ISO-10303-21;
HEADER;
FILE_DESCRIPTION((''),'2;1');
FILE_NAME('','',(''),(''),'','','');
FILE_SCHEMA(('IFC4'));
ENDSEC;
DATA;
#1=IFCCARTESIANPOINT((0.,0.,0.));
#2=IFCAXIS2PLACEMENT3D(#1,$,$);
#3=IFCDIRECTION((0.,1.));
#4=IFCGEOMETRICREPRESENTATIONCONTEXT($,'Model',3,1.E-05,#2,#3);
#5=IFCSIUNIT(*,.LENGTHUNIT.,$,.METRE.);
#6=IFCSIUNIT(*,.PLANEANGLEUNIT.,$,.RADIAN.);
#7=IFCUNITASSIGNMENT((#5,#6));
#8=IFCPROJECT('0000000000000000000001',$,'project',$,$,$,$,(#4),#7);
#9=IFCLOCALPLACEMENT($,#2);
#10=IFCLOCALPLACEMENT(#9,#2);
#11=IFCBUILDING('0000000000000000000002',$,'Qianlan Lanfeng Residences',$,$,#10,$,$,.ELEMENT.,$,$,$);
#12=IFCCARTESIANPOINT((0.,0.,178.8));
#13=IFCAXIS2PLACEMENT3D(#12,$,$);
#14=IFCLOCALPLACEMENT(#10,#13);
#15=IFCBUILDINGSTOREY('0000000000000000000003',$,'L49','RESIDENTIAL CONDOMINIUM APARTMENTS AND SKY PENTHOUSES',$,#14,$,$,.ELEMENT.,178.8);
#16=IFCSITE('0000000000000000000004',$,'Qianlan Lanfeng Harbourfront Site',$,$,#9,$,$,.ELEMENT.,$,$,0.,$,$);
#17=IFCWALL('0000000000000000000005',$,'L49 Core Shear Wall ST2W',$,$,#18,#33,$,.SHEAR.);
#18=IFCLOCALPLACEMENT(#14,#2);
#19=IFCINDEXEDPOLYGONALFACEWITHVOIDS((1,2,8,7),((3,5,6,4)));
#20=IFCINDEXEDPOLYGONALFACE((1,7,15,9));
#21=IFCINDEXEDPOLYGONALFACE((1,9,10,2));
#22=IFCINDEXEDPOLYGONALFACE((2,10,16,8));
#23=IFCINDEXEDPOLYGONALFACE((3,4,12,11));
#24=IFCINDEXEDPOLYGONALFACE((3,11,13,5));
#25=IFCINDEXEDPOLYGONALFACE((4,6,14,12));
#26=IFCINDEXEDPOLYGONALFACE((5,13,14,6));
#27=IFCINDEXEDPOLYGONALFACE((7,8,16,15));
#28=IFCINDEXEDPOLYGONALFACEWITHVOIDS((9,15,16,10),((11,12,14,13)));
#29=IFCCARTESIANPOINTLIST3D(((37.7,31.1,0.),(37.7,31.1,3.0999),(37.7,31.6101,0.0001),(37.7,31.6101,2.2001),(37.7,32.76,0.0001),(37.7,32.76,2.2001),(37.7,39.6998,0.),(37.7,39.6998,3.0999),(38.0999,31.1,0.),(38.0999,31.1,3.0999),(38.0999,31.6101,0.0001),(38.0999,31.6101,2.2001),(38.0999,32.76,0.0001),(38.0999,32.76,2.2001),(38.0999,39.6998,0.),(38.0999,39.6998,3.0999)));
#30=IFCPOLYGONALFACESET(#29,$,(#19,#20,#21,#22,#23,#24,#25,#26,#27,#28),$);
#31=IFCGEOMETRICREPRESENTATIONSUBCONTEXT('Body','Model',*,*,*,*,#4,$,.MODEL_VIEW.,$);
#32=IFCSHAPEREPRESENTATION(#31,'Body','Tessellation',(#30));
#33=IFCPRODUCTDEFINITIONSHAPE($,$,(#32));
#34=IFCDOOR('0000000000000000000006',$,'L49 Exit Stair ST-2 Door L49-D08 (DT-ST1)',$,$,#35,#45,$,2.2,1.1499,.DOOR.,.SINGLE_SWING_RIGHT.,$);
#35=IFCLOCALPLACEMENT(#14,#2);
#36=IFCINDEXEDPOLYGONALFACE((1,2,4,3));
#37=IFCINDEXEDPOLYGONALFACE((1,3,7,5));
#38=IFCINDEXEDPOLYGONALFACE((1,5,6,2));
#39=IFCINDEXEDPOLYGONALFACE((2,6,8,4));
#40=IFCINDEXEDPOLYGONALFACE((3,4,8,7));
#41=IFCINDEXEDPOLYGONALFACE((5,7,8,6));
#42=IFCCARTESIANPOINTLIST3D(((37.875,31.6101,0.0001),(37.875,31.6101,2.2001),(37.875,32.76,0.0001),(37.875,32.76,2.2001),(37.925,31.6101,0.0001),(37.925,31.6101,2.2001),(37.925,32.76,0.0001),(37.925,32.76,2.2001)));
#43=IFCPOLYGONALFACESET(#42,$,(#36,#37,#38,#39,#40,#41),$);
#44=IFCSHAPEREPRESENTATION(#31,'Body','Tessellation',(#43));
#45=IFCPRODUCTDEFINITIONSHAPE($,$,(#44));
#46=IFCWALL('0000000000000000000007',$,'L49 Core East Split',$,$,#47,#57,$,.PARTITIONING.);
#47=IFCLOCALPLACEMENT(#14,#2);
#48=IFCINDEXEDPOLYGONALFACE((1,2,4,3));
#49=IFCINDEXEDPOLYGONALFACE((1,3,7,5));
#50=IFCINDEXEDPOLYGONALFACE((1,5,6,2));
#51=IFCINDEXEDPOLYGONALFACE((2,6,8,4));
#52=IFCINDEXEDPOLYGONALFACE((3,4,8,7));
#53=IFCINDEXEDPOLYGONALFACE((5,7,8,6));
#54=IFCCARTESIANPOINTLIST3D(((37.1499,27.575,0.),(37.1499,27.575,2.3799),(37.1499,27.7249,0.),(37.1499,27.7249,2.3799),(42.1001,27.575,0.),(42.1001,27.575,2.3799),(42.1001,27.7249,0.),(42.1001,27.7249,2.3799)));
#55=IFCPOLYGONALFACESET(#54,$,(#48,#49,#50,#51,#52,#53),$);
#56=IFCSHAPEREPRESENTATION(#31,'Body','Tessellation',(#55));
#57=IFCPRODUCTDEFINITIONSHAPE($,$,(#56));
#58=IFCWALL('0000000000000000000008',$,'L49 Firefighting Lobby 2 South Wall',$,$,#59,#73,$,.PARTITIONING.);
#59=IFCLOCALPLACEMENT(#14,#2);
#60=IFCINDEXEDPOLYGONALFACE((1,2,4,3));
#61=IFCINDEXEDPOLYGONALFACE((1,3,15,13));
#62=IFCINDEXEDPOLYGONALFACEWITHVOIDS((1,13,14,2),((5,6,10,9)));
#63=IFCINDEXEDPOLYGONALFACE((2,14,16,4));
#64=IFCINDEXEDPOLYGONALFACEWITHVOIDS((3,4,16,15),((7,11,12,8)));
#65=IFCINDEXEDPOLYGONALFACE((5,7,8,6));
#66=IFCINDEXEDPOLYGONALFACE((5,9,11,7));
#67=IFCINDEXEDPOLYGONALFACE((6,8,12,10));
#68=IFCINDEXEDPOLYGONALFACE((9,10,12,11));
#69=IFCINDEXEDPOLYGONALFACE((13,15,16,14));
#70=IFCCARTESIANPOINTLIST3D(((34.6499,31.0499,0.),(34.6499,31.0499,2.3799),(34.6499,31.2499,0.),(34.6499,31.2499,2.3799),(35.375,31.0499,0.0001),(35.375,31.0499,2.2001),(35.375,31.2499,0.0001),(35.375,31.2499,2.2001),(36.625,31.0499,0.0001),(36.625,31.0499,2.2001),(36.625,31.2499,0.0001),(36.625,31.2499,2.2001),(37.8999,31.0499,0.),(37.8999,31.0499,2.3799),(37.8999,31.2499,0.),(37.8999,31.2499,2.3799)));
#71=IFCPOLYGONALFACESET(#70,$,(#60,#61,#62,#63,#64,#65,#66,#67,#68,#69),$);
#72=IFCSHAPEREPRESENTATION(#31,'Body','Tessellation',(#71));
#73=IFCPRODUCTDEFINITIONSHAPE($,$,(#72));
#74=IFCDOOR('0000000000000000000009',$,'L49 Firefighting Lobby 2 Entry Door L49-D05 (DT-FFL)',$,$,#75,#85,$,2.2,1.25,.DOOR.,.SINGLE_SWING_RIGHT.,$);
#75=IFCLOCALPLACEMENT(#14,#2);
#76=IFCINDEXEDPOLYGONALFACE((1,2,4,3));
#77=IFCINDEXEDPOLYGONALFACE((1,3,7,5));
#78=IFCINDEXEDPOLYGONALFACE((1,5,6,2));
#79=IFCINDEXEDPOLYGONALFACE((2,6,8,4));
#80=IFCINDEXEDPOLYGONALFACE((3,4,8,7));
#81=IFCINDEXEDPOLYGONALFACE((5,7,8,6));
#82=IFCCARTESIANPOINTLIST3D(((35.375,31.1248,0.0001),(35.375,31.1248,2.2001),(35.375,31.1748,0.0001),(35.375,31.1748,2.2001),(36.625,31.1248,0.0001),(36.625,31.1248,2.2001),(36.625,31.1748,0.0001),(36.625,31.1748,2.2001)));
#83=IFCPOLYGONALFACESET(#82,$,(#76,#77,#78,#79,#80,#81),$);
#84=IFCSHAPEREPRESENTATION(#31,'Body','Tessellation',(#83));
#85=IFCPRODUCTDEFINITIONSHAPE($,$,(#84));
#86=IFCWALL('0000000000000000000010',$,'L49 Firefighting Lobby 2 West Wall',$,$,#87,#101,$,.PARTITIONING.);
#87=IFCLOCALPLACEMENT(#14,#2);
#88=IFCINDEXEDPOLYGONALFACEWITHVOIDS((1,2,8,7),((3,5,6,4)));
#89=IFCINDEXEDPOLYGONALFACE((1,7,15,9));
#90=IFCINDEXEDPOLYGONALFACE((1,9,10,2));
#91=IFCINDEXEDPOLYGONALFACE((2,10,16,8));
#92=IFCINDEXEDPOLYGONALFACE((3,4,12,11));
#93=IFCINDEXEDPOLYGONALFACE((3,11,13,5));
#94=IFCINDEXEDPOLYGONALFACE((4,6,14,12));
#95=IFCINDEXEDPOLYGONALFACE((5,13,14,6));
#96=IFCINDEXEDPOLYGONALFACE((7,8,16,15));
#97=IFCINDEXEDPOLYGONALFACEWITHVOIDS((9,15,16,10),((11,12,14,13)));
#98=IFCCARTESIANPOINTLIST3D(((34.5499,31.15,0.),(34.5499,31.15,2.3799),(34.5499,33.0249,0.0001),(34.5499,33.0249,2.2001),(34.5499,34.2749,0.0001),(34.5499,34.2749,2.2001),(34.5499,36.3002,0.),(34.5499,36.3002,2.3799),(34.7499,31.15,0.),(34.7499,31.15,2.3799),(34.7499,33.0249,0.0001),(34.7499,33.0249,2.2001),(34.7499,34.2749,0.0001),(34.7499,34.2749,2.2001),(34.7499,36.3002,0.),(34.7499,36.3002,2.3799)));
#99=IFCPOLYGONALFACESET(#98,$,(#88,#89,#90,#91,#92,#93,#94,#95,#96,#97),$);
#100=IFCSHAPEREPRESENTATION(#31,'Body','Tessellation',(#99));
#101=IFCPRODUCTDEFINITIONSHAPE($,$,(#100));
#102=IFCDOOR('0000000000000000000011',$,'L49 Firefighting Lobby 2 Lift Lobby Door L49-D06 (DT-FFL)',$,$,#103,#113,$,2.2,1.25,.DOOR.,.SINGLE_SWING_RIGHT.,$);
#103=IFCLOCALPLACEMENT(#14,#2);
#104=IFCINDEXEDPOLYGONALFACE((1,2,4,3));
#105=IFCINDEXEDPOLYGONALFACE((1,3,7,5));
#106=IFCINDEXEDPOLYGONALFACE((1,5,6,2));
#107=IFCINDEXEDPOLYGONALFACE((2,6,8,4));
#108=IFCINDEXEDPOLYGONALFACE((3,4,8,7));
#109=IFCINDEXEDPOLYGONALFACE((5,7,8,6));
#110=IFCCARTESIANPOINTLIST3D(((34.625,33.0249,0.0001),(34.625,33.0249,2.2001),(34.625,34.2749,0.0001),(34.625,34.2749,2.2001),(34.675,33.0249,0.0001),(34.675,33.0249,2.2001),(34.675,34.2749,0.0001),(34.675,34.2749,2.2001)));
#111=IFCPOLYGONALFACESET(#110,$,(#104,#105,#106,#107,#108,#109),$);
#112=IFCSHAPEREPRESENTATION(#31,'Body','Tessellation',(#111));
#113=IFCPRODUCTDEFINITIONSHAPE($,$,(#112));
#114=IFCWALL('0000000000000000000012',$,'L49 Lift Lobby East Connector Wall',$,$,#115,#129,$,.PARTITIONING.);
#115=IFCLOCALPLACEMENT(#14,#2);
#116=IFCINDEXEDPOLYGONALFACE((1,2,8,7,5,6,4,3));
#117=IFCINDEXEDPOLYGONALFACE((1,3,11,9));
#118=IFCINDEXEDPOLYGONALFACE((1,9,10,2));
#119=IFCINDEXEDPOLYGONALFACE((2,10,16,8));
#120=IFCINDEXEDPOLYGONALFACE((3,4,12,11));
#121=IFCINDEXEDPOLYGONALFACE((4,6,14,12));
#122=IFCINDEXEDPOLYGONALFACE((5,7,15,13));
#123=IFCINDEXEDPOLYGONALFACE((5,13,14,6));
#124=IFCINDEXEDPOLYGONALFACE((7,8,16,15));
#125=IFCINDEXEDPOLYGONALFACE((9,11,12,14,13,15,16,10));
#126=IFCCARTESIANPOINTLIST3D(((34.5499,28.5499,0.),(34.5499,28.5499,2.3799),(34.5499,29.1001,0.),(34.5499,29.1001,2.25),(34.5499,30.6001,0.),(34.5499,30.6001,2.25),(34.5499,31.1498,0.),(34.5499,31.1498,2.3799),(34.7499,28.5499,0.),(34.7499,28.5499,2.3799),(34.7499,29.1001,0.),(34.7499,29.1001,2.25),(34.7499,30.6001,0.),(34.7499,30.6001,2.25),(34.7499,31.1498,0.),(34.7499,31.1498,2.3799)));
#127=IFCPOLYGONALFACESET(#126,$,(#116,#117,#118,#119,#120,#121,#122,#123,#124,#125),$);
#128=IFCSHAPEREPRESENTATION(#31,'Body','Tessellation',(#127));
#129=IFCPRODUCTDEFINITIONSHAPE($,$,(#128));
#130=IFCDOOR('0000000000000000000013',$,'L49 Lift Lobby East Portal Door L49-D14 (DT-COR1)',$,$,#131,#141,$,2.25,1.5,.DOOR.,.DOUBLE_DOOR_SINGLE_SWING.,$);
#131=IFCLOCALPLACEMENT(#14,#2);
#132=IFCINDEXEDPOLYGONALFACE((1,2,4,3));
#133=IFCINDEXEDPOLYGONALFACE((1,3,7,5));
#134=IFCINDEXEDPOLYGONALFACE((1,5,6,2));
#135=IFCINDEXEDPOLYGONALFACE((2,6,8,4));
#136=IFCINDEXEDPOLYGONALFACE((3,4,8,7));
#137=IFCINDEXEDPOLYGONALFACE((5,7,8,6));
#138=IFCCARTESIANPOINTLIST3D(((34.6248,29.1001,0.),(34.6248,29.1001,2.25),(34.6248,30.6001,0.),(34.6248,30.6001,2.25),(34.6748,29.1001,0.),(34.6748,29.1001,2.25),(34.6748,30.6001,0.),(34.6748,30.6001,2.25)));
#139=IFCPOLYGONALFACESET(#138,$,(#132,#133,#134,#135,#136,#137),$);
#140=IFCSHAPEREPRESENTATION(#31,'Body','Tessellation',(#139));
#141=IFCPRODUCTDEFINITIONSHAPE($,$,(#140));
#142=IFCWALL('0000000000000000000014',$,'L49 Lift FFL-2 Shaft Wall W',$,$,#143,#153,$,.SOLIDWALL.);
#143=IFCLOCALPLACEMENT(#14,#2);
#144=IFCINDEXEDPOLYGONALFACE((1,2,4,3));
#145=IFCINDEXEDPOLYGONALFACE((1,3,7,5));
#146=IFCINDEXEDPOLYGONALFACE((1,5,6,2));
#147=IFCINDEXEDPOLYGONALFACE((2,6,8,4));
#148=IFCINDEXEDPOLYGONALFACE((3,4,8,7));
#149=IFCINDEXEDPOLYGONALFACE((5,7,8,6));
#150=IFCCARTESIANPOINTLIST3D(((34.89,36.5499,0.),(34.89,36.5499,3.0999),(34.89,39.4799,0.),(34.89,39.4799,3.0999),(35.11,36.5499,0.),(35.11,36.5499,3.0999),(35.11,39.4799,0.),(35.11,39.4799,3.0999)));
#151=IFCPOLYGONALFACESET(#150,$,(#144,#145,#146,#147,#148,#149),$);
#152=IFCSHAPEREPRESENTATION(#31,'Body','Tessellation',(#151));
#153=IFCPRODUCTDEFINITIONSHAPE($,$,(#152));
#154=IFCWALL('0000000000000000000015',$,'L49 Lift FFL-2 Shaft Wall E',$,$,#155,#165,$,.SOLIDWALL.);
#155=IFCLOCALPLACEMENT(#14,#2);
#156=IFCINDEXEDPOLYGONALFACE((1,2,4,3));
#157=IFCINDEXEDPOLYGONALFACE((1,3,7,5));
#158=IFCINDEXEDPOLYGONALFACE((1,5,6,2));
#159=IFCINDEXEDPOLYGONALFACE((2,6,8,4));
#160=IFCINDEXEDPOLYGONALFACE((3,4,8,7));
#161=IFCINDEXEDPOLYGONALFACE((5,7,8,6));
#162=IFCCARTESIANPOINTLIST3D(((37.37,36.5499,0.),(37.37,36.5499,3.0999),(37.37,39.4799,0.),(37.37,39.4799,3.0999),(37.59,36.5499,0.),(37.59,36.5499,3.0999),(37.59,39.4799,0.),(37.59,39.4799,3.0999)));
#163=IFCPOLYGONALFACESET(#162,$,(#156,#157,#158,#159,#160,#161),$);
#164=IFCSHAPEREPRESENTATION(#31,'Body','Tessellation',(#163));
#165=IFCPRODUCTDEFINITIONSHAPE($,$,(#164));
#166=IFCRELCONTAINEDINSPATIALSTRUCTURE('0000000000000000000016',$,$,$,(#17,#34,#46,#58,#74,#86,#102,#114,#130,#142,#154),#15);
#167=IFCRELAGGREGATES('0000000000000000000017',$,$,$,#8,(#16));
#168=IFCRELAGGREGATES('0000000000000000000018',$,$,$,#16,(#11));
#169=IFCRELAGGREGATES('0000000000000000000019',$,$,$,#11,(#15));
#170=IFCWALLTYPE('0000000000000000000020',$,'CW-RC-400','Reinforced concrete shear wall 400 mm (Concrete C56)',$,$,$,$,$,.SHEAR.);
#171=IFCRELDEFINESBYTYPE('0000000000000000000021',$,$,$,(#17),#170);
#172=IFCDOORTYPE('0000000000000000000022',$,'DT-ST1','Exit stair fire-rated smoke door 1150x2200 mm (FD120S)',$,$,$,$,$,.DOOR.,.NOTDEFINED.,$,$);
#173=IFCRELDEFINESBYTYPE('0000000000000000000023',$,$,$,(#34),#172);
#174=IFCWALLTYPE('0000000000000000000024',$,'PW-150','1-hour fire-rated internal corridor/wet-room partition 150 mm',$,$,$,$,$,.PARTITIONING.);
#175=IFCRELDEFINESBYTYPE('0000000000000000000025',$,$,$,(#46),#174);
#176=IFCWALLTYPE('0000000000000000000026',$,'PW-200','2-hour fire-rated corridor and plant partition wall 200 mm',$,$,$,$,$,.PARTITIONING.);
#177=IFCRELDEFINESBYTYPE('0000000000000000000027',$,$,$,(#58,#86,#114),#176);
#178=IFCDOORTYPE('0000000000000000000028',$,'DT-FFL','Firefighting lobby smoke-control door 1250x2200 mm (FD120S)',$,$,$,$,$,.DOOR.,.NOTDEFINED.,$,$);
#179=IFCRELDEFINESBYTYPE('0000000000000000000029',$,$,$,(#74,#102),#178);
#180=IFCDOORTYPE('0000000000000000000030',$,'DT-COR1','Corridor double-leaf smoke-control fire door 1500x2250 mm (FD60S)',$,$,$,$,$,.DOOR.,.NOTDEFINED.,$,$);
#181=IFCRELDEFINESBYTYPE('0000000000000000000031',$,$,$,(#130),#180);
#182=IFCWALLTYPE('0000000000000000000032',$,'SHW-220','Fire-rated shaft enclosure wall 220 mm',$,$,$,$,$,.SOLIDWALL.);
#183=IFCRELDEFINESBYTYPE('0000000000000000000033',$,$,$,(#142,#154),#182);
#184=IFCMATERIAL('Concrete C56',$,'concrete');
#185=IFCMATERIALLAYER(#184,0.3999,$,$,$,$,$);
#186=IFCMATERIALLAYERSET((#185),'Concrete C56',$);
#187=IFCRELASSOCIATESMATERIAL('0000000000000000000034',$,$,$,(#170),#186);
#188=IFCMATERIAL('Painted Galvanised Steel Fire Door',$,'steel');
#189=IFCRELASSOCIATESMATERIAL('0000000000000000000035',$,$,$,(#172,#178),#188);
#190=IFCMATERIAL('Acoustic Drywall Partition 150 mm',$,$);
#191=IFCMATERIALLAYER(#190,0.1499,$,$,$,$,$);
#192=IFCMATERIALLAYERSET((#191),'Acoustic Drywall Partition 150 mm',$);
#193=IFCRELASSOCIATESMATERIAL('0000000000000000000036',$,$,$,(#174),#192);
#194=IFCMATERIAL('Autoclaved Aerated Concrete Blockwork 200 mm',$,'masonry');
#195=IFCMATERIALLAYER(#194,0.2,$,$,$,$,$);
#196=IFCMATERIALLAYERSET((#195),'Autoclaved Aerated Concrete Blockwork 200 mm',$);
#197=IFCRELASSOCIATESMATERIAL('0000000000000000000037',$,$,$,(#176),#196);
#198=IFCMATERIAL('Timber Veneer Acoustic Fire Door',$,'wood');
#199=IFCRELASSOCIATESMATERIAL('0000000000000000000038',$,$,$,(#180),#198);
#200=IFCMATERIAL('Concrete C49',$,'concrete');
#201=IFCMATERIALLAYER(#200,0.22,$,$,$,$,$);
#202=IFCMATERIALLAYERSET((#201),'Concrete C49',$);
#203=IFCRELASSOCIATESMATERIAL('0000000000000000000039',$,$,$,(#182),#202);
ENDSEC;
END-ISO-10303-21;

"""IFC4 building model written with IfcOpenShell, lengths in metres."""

from ifc_helpers import new_model, si_unit, direction, frame, frame_2d, origin, place, context, subcontext, project, spatial, rectangle, extrude, material, layer, layer_set, type_object, element, fill, save


model = new_model("IFC4")

# Units and contexts
model_context = context("Model", 3, precision=1e-05, world=origin(), true_north=direction((0.0, 1.0)))
body_context = subcontext(model_context, "Body", "Model", "MODEL_VIEW")
ifc_project = project(units=[si_unit("LENGTHUNIT", "METRE"), si_unit("PLANEANGLEUNIT", "RADIAN")], contexts=[model_context])

# Site, building, storey
site_placement = place(None, origin())
site = spatial("IfcSite", under=ifc_project, at=site_placement, Name="Qianlan Lanfeng Harbourfront Site", CompositionType="ELEMENT", RefElevation=0.0)
building_placement = place(site_placement, origin())
building = spatial("IfcBuilding", under=site, at=building_placement, Name="Qianlan Lanfeng Residences", CompositionType="ELEMENT")
storey_placement = place(building_placement, frame((0.0, 0.0, 178.8)))
storey = spatial("IfcBuildingStorey", under=building, at=storey_placement, Name="L49", Description="RESIDENTIAL CONDOMINIUM APARTMENTS AND SKY PENTHOUSES", CompositionType="ELEMENT", Elevation=178.8)

# Wall, opening, door
ifc_material_1 = material(Name="Concrete C56", Category="concrete")
ifc_layer_1 = layer(ifc_material_1, 0.3999)
ifc_layer_set_1 = layer_set([ifc_layer_1], Name="Concrete C56")
wall_type_1 = type_object("IfcWallType", Name="CW-RC-400", Description="Reinforced concrete shear wall 400 mm (Concrete C56)", PredefinedType="SHEAR", material=ifc_layer_set_1)
wall_1_placement = place(storey_placement, frame((37.8999, 31.1001, 0.0), z_axis=(0.0, 0.0, 1.0), x_axis=(0.0, 1.0, 0.0)))
wall_1 = element("IfcWall", 1, at=wall_1_placement, inside=storey, type_object=wall_type_1, Name="L49 Core Shear Wall ST2W", PredefinedType="SHEAR", context=body_context, shape_type="SweptSolid", body=[
    extrude(rectangle(XDim=8.5999, YDim=0.3999, at=frame_2d((4.2998, 0.0))), origin(), (0.0, 0.0, 1.0), 3.0999),
])
opening_1_placement = place(wall_1_placement, frame((0.51, 0.0, 0.0)))
opening_1 = element("IfcOpeningElement", 2, at=opening_1_placement, cuts=wall_1, PredefinedType="OPENING", context=body_context, shape_type="SweptSolid", body=[
    extrude(rectangle(XDim=1.1499, YDim=2.2, at=frame_2d((0.575, 1.1001))), frame((0.0, 0.21, 0.0), z_axis=(0.0, -1.0, 0.0), x_axis=(1.0, 0.0, 0.0)), (0.0, 0.0, 1.0), 0.4199),
])
ifc_material_2 = material(Name="Painted Galvanised Steel Fire Door", Category="steel")
door_type_1 = type_object("IfcDoorType", Name="DT-ST1", Description="Exit stair fire-rated smoke door 1150x2200 mm (FD120S)", OperationType="NOTDEFINED", PredefinedType="DOOR", material=ifc_material_2)
door_1_placement = place(opening_1_placement, origin())
door_1 = element("IfcDoor", 3, at=door_1_placement, inside=storey, type_object=door_type_1, Name="L49 Exit Stair ST-2 Door L49-D08 (DT-ST1)", OperationType="SINGLE_SWING_RIGHT", OverallHeight=2.2, OverallWidth=1.1499, PredefinedType="DOOR", context=body_context, shape_type="SweptSolid", body=[
    extrude(rectangle(XDim=1.1499, YDim=2.2, at=frame_2d((0.575, 1.1001))), frame((0.0, 0.0249, 0.0), z_axis=(0.0, -1.0, 0.0), x_axis=(1.0, 0.0, 0.0)), (0.0, 0.0, 1.0), 0.05),
])
fill(opening_1, door_1)

# Wall
ifc_material_3 = material(Name="Acoustic Drywall Partition 150 mm")
ifc_layer_2 = layer(ifc_material_3, 0.1499)
ifc_layer_set_2 = layer_set([ifc_layer_2], Name="Acoustic Drywall Partition 150 mm")
wall_type_2 = type_object("IfcWallType", Name="PW-150", Description="1-hour fire-rated internal corridor/wet-room partition 150 mm", PredefinedType="PARTITIONING", material=ifc_layer_set_2)
wall_2_placement = place(storey_placement, frame((37.1499, 27.6499, 0.0), z_axis=(0.0, 0.0, 1.0), x_axis=(1.0, 0.0, 0.0)))
element("IfcWall", 4, at=wall_2_placement, inside=storey, type_object=wall_type_2, Name="L49 Core East Split", PredefinedType="PARTITIONING", context=body_context, shape_type="SweptSolid", body=[
    extrude(rectangle(XDim=4.9502, YDim=0.1499, at=frame_2d((2.4751, 0.0))), origin(), (0.0, 0.0, 1.0), 2.3799),
])

# Walls, openings, doors
ifc_material_4 = material(Name="Autoclaved Aerated Concrete Blockwork 200 mm", Category="masonry")
ifc_layer_3 = layer(ifc_material_4, 0.2)
ifc_layer_set_3 = layer_set([ifc_layer_3], Name="Autoclaved Aerated Concrete Blockwork 200 mm")
wall_type_3 = type_object("IfcWallType", Name="PW-200", Description="2-hour fire-rated corridor and plant partition wall 200 mm", PredefinedType="PARTITIONING", material=ifc_layer_set_3)
wall_3_placement = place(storey_placement, frame((34.6499, 31.1499, 0.0), z_axis=(0.0, 0.0, 1.0), x_axis=(1.0, 0.0, 0.0)))
wall_3 = element("IfcWall", 5, at=wall_3_placement, inside=storey, type_object=wall_type_3, Name="L49 Firefighting Lobby 2 South Wall", PredefinedType="PARTITIONING", context=body_context, shape_type="SweptSolid", body=[
    extrude(rectangle(XDim=3.25, YDim=0.2, at=frame_2d((1.625, 0.0))), origin(), (0.0, 0.0, 1.0), 2.3799),
])
opening_2_placement = place(wall_3_placement, frame((0.7251, 0.0, 0.0)))
opening_2 = element("IfcOpeningElement", 6, at=opening_2_placement, cuts=wall_3, PredefinedType="OPENING", context=body_context, shape_type="SweptSolid", body=[
    extrude(rectangle(XDim=1.25, YDim=2.2, at=frame_2d((0.625, 1.1001))), frame((0.0, 0.1099, 0.0), z_axis=(0.0, -1.0, 0.0), x_axis=(1.0, 0.0, 0.0)), (0.0, 0.0, 1.0), 0.22),
])
door_type_2 = type_object("IfcDoorType", Name="DT-FFL", Description="Firefighting lobby smoke-control door 1250x2200 mm (FD120S)", OperationType="NOTDEFINED", PredefinedType="DOOR", material=ifc_material_2)
door_2_placement = place(opening_2_placement, origin())
door_2 = element("IfcDoor", 7, at=door_2_placement, inside=storey, type_object=door_type_2, Name="L49 Firefighting Lobby 2 Entry Door L49-D05 (DT-FFL)", OperationType="SINGLE_SWING_RIGHT", OverallHeight=2.2, OverallWidth=1.25, PredefinedType="DOOR", context=body_context, shape_type="SweptSolid", body=[
    extrude(rectangle(XDim=1.25, YDim=2.2, at=frame_2d((0.625, 1.1001))), frame((0.0, 0.0249, 0.0), z_axis=(0.0, -1.0, 0.0), x_axis=(1.0, 0.0, 0.0)), (0.0, 0.0, 1.0), 0.05),
])
fill(opening_2, door_2)
wall_4_placement = place(storey_placement, frame((34.6499, 31.1499, 0.0), z_axis=(0.0, 0.0, 1.0), x_axis=(0.0, 1.0, 0.0)))
wall_4 = element("IfcWall", 8, at=wall_4_placement, inside=storey, type_object=wall_type_3, Name="L49 Firefighting Lobby 2 West Wall", PredefinedType="PARTITIONING", context=body_context, shape_type="SweptSolid", body=[
    extrude(rectangle(XDim=5.1501, YDim=0.2, at=frame_2d((2.5752, 0.0))), origin(), (0.0, 0.0, 1.0), 2.3799),
])
opening_3_placement = place(wall_4_placement, frame((1.875, 0.0, 0.0)))
opening_3 = element("IfcOpeningElement", 9, at=opening_3_placement, cuts=wall_4, PredefinedType="OPENING", context=body_context, shape_type="SweptSolid", body=[
    extrude(rectangle(XDim=1.25, YDim=2.2, at=frame_2d((0.625, 1.1001))), frame((0.0, 0.1099, 0.0), z_axis=(0.0, -1.0, 0.0), x_axis=(1.0, 0.0, 0.0)), (0.0, 0.0, 1.0), 0.22),
])
door_3_placement = place(opening_3_placement, origin())
door_3 = element("IfcDoor", 10, at=door_3_placement, inside=storey, type_object=door_type_2, Name="L49 Firefighting Lobby 2 Lift Lobby Door L49-D06 (DT-FFL)", OperationType="SINGLE_SWING_RIGHT", OverallHeight=2.2, OverallWidth=1.25, PredefinedType="DOOR", context=body_context, shape_type="SweptSolid", body=[
    extrude(rectangle(XDim=1.25, YDim=2.2, at=frame_2d((0.625, 1.1001))), frame((0.0, 0.0249, 0.0), z_axis=(0.0, -1.0, 0.0), x_axis=(1.0, 0.0, 0.0)), (0.0, 0.0, 1.0), 0.05),
])
fill(opening_3, door_3)
wall_5_placement = place(storey_placement, frame((34.6499, 28.55, 0.0), z_axis=(0.0, 0.0, 1.0), x_axis=(0.0, 1.0, 0.0)))
wall_5 = element("IfcWall", 11, at=wall_5_placement, inside=storey, type_object=wall_type_3, Name="L49 Lift Lobby East Connector Wall", PredefinedType="PARTITIONING", context=body_context, shape_type="SweptSolid", body=[
    extrude(rectangle(XDim=2.5999, YDim=0.2, at=frame_2d((1.2998, 0.0))), origin(), (0.0, 0.0, 1.0), 2.3799),
])
opening_4_placement = place(wall_5_placement, frame((0.55, 0.0, 0.0)))
opening_4 = element("IfcOpeningElement", 12, at=opening_4_placement, cuts=wall_5, PredefinedType="OPENING", context=body_context, shape_type="SweptSolid", body=[
    extrude(rectangle(XDim=1.5, YDim=2.25, at=frame_2d((0.75, 1.125))), frame((0.0, 0.1099, 0.0), z_axis=(0.0, -1.0, 0.0), x_axis=(1.0, 0.0, 0.0)), (0.0, 0.0, 1.0), 0.22),
])
ifc_material_5 = material(Name="Timber Veneer Acoustic Fire Door", Category="wood")
door_type_3 = type_object("IfcDoorType", Name="DT-COR1", Description="Corridor double-leaf smoke-control fire door 1500x2250 mm (FD60S)", OperationType="NOTDEFINED", PredefinedType="DOOR", material=ifc_material_5)
door_4_placement = place(opening_4_placement, frame((1.5, 0.0, 0.0), z_axis=(0.0, 0.0, 1.0), x_axis=(-1.0, 0.0, 0.0)))
door_4 = element("IfcDoor", 13, at=door_4_placement, inside=storey, type_object=door_type_3, Name="L49 Lift Lobby East Portal Door L49-D14 (DT-COR1)", OperationType="DOUBLE_DOOR_SINGLE_SWING", OverallHeight=2.25, OverallWidth=1.5, PredefinedType="DOOR", context=body_context, shape_type="SweptSolid", body=[
    extrude(rectangle(XDim=1.5, YDim=2.25, at=frame_2d((0.75, 1.125))), frame((0.0, 0.0249, 0.0), z_axis=(0.0, -1.0, 0.0), x_axis=(1.0, 0.0, 0.0)), (0.0, 0.0, 1.0), 0.05),
])
fill(opening_4, door_4)

# Walls
ifc_material_6 = material(Name="Concrete C49", Category="concrete")
ifc_layer_4 = layer(ifc_material_6, 0.22)
ifc_layer_set_4 = layer_set([ifc_layer_4], Name="Concrete C49")
wall_type_4 = type_object("IfcWallType", Name="SHW-220", Description="Fire-rated shaft enclosure wall 220 mm", PredefinedType="SOLIDWALL", material=ifc_layer_set_4)
for number, where, z_axis, x_axis, name in (
    (14, (35.0, 36.55, 0.0), (0.0, 0.0, 1.0), (0.0, 1.0, 0.0), "L49 Lift FFL-2 Shaft Wall W"),
    (15, (37.48, 36.55, 0.0), (0.0, 0.0, 1.0), (0.0, 1.0, 0.0), "L49 Lift FFL-2 Shaft Wall E"),
):
    element("IfcWall", number, at=place(storey_placement, frame(where, z_axis=z_axis, x_axis=x_axis)), inside=storey, type_object=wall_type_4, Name=name, PredefinedType="SOLIDWALL", context=body_context, shape_type="SweptSolid", body=[
        extrude(rectangle(XDim=2.9299, YDim=0.22, at=frame_2d((1.4648, 0.0))), origin(), (0.0, 0.0, 1.0), 3.0999),
    ])

save(model, "model.ifc")
